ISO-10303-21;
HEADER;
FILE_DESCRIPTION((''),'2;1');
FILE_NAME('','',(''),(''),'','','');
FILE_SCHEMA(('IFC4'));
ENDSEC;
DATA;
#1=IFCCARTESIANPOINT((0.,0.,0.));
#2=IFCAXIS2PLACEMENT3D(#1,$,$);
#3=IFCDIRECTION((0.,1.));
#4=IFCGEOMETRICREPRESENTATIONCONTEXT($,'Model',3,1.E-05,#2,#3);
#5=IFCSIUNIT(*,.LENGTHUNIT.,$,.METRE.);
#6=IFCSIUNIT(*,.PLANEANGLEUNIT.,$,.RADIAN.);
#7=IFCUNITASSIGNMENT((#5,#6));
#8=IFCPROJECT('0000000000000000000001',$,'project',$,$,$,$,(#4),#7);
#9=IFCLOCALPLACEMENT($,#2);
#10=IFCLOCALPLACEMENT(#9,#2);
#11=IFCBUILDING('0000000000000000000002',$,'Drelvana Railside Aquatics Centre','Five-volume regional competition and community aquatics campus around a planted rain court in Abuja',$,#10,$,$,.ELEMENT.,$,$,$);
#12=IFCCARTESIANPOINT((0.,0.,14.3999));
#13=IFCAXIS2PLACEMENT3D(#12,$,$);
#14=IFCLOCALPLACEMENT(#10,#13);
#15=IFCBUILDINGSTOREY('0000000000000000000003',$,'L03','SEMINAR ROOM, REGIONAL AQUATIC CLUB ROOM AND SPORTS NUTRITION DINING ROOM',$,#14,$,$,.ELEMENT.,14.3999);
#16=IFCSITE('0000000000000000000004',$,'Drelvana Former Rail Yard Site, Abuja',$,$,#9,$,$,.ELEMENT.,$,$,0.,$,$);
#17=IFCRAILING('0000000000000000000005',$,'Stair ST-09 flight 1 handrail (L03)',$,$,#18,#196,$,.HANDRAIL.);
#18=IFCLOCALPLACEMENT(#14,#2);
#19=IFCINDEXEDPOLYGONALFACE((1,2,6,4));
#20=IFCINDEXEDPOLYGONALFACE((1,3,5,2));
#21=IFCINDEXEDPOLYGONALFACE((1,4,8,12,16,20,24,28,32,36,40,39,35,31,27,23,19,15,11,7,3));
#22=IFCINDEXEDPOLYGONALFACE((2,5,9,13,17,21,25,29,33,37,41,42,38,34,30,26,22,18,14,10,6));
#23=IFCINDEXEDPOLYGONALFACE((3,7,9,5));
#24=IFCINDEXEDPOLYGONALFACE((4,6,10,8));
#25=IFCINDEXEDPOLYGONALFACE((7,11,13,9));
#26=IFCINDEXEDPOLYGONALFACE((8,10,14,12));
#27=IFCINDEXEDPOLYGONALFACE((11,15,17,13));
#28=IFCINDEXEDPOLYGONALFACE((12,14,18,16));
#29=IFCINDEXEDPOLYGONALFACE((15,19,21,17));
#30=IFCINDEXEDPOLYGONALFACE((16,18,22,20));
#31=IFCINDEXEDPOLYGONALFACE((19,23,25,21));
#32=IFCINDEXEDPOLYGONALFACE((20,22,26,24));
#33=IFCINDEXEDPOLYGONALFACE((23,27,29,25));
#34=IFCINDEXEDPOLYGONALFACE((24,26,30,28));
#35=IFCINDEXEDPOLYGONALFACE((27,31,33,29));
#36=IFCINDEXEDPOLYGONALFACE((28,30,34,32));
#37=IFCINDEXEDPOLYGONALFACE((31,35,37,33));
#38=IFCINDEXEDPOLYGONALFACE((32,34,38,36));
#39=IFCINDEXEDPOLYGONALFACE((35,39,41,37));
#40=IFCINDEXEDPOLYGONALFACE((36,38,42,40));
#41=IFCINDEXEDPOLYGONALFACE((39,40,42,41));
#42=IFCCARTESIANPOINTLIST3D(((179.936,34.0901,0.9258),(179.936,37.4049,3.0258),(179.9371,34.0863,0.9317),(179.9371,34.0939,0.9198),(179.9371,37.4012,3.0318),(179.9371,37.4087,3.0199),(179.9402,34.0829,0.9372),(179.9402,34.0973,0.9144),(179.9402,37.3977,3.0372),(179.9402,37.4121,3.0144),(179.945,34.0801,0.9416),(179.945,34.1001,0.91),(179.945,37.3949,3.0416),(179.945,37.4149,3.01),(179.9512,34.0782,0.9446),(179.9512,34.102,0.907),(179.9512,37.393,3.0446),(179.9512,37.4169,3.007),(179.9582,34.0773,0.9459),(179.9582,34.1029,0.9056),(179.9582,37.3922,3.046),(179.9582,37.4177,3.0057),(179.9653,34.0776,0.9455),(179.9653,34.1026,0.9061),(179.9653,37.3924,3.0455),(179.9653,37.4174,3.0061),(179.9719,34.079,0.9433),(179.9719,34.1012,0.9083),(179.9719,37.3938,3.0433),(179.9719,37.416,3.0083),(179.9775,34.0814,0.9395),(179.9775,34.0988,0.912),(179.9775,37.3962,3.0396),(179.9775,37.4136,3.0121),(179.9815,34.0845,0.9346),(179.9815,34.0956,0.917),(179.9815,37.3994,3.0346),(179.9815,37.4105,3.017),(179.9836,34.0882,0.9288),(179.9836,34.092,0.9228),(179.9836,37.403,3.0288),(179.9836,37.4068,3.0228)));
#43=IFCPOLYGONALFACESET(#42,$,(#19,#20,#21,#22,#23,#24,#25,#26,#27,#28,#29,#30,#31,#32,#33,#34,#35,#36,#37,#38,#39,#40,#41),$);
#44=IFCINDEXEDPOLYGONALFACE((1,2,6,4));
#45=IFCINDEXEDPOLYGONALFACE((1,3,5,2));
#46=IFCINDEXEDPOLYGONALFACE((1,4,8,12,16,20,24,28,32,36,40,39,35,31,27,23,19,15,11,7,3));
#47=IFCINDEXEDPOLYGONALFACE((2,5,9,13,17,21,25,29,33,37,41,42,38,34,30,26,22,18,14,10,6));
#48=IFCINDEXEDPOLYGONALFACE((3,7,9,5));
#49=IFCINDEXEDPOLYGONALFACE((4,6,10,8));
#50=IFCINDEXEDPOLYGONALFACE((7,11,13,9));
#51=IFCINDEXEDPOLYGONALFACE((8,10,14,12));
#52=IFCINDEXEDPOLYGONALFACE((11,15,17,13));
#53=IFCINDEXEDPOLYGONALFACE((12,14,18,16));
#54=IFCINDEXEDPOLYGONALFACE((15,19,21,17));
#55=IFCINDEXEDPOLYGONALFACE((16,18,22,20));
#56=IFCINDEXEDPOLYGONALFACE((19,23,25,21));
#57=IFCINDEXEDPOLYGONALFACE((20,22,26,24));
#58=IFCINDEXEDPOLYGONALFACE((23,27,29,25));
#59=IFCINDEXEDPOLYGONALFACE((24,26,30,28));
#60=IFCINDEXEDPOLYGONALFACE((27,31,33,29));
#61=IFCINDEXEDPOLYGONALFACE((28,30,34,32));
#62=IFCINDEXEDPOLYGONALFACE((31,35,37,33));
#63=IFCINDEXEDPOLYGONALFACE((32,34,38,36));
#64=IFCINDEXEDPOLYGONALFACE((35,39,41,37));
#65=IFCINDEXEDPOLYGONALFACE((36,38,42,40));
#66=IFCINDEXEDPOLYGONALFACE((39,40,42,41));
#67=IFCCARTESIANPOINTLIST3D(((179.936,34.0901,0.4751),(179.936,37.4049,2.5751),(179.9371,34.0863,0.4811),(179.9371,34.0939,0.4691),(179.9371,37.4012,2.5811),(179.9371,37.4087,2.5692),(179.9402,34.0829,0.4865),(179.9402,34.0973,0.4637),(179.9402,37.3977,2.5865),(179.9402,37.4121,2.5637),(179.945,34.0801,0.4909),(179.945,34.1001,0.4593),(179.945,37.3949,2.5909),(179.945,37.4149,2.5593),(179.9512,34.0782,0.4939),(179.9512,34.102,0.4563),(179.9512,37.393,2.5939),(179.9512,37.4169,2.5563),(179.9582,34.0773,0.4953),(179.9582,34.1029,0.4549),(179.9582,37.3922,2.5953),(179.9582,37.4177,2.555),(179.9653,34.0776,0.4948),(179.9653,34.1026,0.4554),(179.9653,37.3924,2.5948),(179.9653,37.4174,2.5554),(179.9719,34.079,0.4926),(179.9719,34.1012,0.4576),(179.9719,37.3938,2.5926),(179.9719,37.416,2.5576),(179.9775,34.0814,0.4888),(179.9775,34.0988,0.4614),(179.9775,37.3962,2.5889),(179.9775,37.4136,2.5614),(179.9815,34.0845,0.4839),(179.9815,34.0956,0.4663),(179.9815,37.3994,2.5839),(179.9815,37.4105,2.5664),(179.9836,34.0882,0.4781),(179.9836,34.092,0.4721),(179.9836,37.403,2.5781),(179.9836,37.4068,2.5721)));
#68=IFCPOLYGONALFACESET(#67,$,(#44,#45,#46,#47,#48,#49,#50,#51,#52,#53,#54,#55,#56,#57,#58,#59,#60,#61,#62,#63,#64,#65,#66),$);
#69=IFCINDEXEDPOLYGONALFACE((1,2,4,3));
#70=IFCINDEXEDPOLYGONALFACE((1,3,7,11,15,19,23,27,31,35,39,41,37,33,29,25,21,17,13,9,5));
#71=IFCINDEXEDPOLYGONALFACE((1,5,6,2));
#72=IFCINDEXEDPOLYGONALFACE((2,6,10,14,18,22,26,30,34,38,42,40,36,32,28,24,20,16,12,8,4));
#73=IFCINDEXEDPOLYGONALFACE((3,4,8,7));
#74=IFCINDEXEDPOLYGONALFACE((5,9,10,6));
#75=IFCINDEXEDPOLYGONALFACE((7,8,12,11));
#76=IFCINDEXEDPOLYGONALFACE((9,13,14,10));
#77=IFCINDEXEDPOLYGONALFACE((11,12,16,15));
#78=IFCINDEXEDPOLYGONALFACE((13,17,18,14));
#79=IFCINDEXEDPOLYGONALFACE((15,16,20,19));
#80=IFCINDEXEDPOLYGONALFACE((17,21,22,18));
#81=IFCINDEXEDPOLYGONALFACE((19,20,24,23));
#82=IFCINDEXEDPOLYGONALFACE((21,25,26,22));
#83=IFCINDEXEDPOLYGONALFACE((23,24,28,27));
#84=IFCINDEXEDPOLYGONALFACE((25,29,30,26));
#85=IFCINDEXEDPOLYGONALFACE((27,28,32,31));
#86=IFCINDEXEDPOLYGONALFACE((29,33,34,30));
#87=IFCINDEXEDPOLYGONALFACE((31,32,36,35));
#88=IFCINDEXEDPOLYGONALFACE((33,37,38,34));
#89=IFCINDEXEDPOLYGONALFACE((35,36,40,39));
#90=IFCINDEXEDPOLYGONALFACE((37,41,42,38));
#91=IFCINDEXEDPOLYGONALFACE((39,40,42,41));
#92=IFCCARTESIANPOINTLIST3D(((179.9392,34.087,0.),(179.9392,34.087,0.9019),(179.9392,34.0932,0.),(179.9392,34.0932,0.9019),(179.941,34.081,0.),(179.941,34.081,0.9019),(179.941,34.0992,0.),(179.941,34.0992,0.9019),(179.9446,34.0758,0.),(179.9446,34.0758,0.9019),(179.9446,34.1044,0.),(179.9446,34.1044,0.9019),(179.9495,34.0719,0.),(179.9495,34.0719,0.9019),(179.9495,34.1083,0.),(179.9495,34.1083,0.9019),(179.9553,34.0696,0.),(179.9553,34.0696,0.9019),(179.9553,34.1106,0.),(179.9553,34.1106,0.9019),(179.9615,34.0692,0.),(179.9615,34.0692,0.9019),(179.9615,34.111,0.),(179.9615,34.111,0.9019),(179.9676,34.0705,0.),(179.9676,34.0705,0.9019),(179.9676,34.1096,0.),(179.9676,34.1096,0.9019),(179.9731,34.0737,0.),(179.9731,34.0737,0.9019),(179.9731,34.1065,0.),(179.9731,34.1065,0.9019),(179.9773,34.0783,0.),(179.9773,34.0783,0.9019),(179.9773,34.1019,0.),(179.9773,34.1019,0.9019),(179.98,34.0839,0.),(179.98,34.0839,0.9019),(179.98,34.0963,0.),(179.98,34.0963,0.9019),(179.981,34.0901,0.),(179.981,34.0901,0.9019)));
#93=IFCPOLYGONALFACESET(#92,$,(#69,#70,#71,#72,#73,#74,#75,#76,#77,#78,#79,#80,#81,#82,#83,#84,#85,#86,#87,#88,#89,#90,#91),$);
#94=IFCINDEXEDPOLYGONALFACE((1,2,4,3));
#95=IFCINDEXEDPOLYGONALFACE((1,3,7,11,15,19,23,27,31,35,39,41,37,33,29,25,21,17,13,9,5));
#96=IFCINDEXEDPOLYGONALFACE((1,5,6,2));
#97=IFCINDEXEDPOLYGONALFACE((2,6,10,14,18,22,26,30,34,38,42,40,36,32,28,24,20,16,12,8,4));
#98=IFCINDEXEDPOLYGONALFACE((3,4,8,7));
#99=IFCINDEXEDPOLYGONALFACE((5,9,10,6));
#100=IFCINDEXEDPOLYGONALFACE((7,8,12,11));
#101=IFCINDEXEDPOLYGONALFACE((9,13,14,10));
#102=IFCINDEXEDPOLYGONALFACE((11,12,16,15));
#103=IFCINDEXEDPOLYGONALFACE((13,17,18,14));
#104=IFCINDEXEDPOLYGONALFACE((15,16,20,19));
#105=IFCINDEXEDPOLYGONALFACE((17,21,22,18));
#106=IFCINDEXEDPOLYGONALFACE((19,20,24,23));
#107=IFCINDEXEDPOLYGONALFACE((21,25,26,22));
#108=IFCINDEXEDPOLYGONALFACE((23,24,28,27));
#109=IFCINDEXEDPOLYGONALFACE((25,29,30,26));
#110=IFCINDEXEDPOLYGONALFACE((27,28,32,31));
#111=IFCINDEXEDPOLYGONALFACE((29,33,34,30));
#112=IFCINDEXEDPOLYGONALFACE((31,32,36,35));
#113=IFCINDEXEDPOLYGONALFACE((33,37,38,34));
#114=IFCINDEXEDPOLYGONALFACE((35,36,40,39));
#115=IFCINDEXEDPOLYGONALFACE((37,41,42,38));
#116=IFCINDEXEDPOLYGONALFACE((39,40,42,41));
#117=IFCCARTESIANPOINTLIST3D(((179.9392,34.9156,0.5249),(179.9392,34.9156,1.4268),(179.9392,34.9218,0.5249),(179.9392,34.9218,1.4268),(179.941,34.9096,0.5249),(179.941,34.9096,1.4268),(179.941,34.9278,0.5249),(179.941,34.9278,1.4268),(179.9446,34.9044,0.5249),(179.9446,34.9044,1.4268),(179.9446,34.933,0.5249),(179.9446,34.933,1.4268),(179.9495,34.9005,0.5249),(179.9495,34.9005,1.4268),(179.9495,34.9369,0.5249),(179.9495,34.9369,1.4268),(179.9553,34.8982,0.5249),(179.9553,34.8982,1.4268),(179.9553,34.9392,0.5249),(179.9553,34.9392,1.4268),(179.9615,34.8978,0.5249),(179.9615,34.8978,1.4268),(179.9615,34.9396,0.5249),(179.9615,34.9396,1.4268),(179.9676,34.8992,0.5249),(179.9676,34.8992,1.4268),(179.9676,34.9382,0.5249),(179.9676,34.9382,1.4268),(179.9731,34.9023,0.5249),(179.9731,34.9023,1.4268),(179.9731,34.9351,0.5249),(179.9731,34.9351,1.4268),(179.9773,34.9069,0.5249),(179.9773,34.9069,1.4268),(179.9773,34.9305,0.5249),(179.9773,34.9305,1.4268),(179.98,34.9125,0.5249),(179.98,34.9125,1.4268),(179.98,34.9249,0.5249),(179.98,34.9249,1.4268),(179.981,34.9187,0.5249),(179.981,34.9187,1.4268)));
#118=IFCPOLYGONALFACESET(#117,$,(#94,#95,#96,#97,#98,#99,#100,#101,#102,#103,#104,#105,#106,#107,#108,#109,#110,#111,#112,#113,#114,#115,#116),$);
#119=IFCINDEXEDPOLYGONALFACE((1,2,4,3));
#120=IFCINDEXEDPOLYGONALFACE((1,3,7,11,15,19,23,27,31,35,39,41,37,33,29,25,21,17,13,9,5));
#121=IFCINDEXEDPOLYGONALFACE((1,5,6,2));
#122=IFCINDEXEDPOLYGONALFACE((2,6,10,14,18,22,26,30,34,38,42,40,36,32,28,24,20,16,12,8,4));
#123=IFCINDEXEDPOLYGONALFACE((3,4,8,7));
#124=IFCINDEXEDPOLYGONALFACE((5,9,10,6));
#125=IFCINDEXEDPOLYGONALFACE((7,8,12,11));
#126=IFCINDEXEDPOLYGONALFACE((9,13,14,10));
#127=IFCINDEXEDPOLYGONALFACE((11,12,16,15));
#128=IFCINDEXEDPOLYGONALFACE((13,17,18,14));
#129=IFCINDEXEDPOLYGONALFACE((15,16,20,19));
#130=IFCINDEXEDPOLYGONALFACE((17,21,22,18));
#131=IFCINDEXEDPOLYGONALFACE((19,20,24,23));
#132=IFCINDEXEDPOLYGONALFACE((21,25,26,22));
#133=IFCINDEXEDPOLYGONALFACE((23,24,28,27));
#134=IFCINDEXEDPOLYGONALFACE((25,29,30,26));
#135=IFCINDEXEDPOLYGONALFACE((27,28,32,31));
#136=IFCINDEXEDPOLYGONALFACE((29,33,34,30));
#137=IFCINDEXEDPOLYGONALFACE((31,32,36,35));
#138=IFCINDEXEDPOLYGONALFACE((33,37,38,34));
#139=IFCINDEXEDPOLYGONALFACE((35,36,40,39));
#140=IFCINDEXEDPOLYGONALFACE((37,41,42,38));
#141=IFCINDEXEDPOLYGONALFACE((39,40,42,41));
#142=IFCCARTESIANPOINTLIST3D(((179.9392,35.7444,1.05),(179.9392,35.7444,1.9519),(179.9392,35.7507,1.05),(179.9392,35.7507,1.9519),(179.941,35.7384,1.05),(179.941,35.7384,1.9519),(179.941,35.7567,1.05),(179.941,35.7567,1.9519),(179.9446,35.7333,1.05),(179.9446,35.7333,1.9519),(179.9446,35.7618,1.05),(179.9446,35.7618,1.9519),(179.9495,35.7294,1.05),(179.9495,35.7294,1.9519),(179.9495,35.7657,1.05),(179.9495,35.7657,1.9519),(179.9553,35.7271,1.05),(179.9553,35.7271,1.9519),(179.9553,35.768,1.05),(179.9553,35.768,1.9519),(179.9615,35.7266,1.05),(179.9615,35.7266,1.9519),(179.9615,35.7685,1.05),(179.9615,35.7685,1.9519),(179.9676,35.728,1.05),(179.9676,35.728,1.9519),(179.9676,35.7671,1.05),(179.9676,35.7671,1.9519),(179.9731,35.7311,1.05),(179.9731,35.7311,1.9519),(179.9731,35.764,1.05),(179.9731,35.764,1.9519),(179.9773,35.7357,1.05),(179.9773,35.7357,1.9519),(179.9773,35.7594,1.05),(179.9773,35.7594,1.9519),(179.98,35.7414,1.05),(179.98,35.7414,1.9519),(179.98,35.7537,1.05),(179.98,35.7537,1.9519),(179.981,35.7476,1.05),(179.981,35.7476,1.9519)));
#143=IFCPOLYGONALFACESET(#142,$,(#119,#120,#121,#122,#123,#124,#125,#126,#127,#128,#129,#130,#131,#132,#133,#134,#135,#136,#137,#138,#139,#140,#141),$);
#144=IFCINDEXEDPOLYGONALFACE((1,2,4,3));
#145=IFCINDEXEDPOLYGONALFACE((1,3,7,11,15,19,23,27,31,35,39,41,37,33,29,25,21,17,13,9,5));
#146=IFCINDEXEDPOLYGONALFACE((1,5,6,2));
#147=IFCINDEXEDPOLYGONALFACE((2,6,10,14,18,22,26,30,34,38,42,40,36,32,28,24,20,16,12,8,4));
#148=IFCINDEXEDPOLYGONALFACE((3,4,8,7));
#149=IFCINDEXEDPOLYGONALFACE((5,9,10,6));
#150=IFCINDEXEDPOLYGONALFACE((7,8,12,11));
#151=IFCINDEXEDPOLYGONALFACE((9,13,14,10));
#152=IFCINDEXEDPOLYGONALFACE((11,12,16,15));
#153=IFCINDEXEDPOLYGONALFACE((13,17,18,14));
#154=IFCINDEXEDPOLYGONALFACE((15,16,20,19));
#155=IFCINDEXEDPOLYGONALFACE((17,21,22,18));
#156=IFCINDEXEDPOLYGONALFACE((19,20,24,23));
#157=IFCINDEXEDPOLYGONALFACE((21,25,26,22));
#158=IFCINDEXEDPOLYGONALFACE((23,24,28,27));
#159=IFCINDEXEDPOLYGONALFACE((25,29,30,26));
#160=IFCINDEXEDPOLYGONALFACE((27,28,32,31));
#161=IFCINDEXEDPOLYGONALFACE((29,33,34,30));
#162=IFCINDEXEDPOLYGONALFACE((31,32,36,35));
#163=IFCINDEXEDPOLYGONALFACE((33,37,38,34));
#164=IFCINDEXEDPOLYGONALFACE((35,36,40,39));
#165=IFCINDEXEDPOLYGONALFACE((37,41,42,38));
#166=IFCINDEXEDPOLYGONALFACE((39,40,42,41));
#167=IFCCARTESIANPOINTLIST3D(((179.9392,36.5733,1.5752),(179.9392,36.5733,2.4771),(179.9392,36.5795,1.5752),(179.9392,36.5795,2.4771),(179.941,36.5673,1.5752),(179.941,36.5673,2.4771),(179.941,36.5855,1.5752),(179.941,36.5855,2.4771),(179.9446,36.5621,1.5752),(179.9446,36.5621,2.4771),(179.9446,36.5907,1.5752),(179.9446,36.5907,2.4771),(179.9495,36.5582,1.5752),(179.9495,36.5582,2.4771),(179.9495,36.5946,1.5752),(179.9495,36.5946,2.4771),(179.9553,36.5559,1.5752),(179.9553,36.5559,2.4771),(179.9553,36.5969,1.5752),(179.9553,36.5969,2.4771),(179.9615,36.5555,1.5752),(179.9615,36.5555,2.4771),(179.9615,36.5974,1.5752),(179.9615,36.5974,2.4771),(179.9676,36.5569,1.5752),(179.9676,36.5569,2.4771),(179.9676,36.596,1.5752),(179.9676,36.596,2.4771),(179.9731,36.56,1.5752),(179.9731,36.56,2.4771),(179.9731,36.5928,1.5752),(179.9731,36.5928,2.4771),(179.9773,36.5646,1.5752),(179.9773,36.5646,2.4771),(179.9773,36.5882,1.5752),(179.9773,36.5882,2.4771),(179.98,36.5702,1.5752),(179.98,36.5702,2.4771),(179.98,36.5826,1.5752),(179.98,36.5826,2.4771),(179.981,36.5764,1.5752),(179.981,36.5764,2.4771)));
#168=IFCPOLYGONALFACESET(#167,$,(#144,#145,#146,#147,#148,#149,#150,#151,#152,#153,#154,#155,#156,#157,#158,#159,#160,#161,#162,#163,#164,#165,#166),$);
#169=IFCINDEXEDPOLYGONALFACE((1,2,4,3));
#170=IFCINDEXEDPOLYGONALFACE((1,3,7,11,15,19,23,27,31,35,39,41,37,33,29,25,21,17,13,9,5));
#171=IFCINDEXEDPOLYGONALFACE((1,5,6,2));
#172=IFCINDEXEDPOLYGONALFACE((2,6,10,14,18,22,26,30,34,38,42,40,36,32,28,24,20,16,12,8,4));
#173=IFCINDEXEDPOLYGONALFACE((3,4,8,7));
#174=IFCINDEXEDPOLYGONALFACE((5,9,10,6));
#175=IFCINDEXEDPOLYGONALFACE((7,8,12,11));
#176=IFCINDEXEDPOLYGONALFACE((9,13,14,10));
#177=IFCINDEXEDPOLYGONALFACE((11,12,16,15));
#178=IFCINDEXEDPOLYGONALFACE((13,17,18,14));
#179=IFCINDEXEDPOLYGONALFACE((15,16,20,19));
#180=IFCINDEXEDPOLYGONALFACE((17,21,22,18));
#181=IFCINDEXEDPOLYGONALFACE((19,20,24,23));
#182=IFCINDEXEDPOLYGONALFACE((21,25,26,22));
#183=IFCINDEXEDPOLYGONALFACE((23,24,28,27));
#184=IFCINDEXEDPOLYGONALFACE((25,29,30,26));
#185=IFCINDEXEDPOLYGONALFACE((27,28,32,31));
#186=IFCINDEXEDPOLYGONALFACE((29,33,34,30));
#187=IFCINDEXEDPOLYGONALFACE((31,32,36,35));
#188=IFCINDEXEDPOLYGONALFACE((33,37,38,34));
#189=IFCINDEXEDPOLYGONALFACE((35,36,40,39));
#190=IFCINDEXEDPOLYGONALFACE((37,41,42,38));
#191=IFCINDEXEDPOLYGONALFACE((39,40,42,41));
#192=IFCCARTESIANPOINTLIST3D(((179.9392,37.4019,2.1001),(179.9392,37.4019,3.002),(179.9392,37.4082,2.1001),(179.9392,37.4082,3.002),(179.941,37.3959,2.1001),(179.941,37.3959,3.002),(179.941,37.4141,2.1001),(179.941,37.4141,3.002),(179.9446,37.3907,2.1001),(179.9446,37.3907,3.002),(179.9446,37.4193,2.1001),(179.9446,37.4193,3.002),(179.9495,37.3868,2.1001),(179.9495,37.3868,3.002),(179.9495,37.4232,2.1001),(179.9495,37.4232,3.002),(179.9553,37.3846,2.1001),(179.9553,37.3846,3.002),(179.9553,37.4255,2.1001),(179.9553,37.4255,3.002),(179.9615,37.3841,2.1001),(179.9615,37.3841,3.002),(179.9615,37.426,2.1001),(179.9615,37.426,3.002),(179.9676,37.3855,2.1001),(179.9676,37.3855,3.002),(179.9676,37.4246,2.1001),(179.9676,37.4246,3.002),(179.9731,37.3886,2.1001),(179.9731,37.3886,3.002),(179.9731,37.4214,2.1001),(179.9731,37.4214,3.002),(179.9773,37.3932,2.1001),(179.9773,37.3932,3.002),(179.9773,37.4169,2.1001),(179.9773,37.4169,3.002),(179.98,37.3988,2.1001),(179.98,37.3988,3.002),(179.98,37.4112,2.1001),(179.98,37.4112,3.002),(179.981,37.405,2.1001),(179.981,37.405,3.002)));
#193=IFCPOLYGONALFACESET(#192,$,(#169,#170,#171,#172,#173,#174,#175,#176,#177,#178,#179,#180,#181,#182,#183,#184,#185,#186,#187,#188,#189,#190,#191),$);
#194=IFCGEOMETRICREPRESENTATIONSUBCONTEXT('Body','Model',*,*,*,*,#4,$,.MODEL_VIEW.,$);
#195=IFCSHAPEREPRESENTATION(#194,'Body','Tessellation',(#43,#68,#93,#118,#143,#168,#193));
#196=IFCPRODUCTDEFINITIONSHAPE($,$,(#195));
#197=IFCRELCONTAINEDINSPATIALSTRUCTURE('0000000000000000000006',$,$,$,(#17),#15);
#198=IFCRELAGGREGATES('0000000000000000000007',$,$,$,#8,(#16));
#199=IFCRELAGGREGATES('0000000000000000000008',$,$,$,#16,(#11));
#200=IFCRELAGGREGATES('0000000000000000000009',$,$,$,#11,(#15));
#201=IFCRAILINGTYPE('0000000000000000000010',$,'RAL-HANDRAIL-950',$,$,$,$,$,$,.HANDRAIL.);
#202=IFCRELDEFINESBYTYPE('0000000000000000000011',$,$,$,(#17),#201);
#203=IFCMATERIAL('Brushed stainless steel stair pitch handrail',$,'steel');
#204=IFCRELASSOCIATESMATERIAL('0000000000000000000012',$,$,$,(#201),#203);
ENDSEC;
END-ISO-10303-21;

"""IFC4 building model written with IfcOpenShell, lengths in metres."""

from ifc_helpers import new_model, si_unit, direction, frame, origin, origin_2d, place, context, subcontext, project, spatial, circle, extrude, material, type_object, element, save


model = new_model("IFC4")

# Units and contexts
model_context = context("Model", 3, precision=1e-05, world=origin(), true_north=direction((0.0, 1.0)))
body_context = subcontext(model_context, "Body", "Model", "MODEL_VIEW")
ifc_project = project(units=[si_unit("LENGTHUNIT", "METRE"), si_unit("PLANEANGLEUNIT", "RADIAN")], contexts=[model_context])

# Site, building, storey
site_placement = place(None, origin())
site = spatial("IfcSite", under=ifc_project, at=site_placement, Name="Drelvana Former Rail Yard Site, Abuja", CompositionType="ELEMENT", RefElevation=0.0)
building_placement = place(site_placement, origin())
building = spatial("IfcBuilding", under=site, at=building_placement, Name="Drelvana Railside Aquatics Centre", Description="Five-volume regional competition and community aquatics campus around a planted rain court in Abuja", CompositionType="ELEMENT")
storey_placement = place(building_placement, frame((0.0, 0.0, 14.3999)))
storey = spatial("IfcBuildingStorey", under=building, at=storey_placement, Name="L03", Description="SEMINAR ROOM, REGIONAL AQUATIC CLUB ROOM AND SPORTS NUTRITION DINING ROOM", CompositionType="ELEMENT", Elevation=14.3999)

# Railing
ifc_material_1 = material(Name="Brushed stainless steel stair pitch handrail", Category="steel")
railing_type = type_object("IfcRailingType", Name="RAL-HANDRAIL-950", PredefinedType="HANDRAIL", material=ifc_material_1)
railing_placement = place(storey_placement, frame((179.96, 34.0901, 0.0)))
element("IfcRailing", 1, at=railing_placement, inside=storey, type_object=railing_type, Name="Stair ST-09 flight 1 handrail (L03)", PredefinedType="HANDRAIL", context=body_context, shape_type="SweptSolid", body=[
    extrude(circle(Radius=0.0239, at=origin_2d()), frame((0.0, 0.0, 0.9258), z_axis=(0.0, 0.844746, 0.535168), x_axis=(-1.0, 0.0, 0.0)), (0.0, 0.0, 1.0), 3.9241),
    extrude(circle(Radius=0.0239, at=origin_2d()), frame((0.0, 0.0, 0.4751), z_axis=(0.0, 0.844746, 0.535168), x_axis=(-1.0, 0.0, 0.0)), (0.0, 0.0, 1.0), 3.9241),
    extrude(circle(Radius=0.021, at=origin_2d()), origin(), (0.0, 0.0, 1.0), 0.9019),
    extrude(circle(Radius=0.021, at=origin_2d()), frame((0.0, 0.8286, 0.5249)), (0.0, 0.0, 1.0), 0.9019),
    extrude(circle(Radius=0.021, at=origin_2d()), frame((0.0, 1.6575, 1.05)), (0.0, 0.0, 1.0), 0.9019),
    extrude(circle(Radius=0.021, at=origin_2d()), frame((0.0, 2.4863, 1.5752)), (0.0, 0.0, 1.0), 0.9019),
    extrude(circle(Radius=0.021, at=origin_2d()), frame((0.0, 3.3149, 2.1001)), (0.0, 0.0, 1.0), 0.9019),
])

save(model, "model.ifc")
